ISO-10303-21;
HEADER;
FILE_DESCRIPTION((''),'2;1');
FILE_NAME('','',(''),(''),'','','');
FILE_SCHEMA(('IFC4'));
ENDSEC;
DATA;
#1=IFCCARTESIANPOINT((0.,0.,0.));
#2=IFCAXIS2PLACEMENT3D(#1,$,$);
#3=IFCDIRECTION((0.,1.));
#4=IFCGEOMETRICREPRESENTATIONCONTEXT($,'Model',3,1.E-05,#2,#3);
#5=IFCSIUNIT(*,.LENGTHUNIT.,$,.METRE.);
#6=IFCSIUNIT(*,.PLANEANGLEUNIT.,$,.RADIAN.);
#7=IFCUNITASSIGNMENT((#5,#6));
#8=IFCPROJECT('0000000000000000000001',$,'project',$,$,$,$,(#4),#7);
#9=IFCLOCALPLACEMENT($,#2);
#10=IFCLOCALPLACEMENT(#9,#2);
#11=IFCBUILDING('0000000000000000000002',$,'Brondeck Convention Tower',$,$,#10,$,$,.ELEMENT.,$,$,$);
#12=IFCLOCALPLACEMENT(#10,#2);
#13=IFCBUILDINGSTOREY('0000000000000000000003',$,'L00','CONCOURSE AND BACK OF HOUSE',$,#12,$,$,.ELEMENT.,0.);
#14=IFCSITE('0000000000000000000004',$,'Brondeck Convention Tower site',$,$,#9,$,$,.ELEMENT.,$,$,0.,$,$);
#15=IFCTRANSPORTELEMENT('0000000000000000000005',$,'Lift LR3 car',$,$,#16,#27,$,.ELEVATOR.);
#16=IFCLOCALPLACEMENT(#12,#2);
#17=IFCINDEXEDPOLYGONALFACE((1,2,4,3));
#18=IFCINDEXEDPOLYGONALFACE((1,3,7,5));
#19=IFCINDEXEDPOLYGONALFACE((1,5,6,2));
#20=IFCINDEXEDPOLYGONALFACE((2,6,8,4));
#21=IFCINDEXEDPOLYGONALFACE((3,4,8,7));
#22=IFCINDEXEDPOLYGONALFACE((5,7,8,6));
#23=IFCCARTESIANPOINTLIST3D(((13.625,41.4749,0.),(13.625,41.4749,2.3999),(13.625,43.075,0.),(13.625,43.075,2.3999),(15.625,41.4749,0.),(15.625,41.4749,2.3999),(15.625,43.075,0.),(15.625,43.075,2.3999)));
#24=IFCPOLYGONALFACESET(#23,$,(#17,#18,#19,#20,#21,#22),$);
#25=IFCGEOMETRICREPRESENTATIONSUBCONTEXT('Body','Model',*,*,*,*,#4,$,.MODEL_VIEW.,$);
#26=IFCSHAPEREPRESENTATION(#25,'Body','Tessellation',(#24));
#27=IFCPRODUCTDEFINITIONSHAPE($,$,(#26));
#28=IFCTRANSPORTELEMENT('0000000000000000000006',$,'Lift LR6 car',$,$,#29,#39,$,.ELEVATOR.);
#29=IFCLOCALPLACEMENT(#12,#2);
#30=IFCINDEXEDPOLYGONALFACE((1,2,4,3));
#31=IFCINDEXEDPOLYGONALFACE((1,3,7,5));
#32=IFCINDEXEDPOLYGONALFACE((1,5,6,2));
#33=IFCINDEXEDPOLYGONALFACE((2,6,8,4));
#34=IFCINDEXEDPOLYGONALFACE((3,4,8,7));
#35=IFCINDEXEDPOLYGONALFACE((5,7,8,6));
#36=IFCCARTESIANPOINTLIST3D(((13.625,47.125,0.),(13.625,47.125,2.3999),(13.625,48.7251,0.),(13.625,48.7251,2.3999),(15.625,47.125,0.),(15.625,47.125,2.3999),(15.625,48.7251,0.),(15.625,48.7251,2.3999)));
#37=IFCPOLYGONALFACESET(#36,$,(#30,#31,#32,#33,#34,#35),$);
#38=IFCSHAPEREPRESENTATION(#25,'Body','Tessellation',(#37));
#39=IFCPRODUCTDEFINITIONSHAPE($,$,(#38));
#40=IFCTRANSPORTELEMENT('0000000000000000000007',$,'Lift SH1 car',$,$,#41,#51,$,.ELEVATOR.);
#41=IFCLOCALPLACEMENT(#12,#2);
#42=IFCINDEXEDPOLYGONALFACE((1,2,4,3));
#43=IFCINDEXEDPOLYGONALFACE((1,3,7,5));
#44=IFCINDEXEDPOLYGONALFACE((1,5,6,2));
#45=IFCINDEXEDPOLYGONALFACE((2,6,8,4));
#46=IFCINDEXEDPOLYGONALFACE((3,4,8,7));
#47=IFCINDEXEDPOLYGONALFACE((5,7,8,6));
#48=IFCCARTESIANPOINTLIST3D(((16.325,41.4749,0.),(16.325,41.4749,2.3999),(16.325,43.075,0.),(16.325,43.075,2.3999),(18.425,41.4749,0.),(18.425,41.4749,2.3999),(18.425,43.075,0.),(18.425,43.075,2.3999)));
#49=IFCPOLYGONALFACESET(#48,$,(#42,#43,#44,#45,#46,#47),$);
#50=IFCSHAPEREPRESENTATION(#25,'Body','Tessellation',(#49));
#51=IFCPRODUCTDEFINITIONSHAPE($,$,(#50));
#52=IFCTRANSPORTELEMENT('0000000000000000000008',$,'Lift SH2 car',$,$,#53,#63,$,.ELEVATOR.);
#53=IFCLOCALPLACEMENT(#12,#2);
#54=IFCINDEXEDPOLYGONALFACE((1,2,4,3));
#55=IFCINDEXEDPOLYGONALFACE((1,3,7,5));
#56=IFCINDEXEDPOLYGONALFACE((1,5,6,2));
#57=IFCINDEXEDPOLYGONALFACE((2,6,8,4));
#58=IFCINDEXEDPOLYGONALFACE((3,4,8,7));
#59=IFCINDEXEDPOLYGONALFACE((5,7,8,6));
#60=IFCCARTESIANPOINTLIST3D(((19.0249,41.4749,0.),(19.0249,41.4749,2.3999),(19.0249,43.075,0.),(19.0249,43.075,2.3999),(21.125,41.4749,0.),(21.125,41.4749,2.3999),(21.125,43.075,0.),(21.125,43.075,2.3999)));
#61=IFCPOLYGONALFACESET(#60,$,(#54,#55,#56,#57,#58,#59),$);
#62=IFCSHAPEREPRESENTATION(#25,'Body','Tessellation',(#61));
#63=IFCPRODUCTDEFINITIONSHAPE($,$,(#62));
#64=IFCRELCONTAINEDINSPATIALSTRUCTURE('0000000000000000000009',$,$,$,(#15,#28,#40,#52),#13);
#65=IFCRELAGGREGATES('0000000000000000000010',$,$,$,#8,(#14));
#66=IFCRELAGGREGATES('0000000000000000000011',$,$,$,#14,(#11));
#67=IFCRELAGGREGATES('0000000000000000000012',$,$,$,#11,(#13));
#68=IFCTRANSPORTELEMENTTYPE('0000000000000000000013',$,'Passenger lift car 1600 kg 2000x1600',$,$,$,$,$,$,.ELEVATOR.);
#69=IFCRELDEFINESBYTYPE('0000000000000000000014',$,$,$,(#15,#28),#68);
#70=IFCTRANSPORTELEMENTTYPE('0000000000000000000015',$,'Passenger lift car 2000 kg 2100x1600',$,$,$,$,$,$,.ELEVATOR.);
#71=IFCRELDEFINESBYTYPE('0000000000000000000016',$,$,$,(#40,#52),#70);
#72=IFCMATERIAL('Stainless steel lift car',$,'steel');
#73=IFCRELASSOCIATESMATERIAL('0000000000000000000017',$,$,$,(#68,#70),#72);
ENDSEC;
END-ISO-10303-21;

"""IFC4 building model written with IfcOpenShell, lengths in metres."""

from ifc_helpers import new_model, si_unit, direction, frame, origin, origin_2d, place, context, subcontext, project, spatial, rectangle, extrude, material, type_object, element, save


model = new_model("IFC4")

# Units and contexts
model_context = context("Model", 3, precision=1e-05, world=origin(), true_north=direction((0.0, 1.0)))
body_context = subcontext(model_context, "Body", "Model", "MODEL_VIEW")
ifc_project = project(units=[si_unit("LENGTHUNIT", "METRE"), si_unit("PLANEANGLEUNIT", "RADIAN")], contexts=[model_context])

# Site, building, storey
site_placement = place(None, origin())
site = spatial("IfcSite", under=ifc_project, at=site_placement, Name="Brondeck Convention Tower site", CompositionType="ELEMENT", RefElevation=0.0)
building_placement = place(site_placement, origin())
building = spatial("IfcBuilding", under=site, at=building_placement, Name="Brondeck Convention Tower", CompositionType="ELEMENT")
storey_placement = place(building_placement, origin())
storey = spatial("IfcBuildingStorey", under=building, at=storey_placement, Name="L00", Description="CONCOURSE AND BACK OF HOUSE", CompositionType="ELEMENT", Elevation=0.0)

# Transport elements
ifc_material_1 = material(Name="Stainless steel lift car", Category="steel")
transport_element_type_1 = type_object("IfcTransportElementType", Name="Passenger lift car 1600 kg 2000x1600", PredefinedType="ELEVATOR", material=ifc_material_1)
for number, where, z_axis, x_axis, name in (
    (1, (14.625, 42.2749, 0.0), (0.0, 0.0, 1.0), (1.0, 0.0, 0.0), "Lift LR3 car"),
    (2, (14.625, 47.925, 0.0), (0.0, 0.0, 1.0), (1.0, 0.0, 0.0), "Lift LR6 car"),
):
    element("IfcTransportElement", number, at=place(storey_placement, frame(where, z_axis=z_axis, x_axis=x_axis)), inside=storey, type_object=transport_element_type_1, Name=name, PredefinedType="ELEVATOR", context=body_context, shape_type="SweptSolid", body=[
        extrude(rectangle(XDim=2.0, YDim=1.6001, at=origin_2d()), origin(), (0.0, 0.0, 1.0), 2.3999),
    ])
transport_element_type_2 = type_object("IfcTransportElementType", Name="Passenger lift car 2000 kg 2100x1600", PredefinedType="ELEVATOR", material=ifc_material_1)
for number, where, z_axis, x_axis, name in (
    (3, (17.375, 42.2749, 0.0), (0.0, 0.0, 1.0), (1.0, 0.0, 0.0), "Lift SH1 car"),
    (4, (20.075, 42.2749, 0.0), (0.0, 0.0, 1.0), (1.0, 0.0, 0.0), "Lift SH2 car"),
):
    element("IfcTransportElement", number, at=place(storey_placement, frame(where, z_axis=z_axis, x_axis=x_axis)), inside=storey, type_object=transport_element_type_2, Name=name, PredefinedType="ELEVATOR", context=body_context, shape_type="SweptSolid", body=[
        extrude(rectangle(XDim=2.1001, YDim=1.6001, at=origin_2d()), origin(), (0.0, 0.0, 1.0), 2.3999),
    ])

save(model, "model.ifc")
